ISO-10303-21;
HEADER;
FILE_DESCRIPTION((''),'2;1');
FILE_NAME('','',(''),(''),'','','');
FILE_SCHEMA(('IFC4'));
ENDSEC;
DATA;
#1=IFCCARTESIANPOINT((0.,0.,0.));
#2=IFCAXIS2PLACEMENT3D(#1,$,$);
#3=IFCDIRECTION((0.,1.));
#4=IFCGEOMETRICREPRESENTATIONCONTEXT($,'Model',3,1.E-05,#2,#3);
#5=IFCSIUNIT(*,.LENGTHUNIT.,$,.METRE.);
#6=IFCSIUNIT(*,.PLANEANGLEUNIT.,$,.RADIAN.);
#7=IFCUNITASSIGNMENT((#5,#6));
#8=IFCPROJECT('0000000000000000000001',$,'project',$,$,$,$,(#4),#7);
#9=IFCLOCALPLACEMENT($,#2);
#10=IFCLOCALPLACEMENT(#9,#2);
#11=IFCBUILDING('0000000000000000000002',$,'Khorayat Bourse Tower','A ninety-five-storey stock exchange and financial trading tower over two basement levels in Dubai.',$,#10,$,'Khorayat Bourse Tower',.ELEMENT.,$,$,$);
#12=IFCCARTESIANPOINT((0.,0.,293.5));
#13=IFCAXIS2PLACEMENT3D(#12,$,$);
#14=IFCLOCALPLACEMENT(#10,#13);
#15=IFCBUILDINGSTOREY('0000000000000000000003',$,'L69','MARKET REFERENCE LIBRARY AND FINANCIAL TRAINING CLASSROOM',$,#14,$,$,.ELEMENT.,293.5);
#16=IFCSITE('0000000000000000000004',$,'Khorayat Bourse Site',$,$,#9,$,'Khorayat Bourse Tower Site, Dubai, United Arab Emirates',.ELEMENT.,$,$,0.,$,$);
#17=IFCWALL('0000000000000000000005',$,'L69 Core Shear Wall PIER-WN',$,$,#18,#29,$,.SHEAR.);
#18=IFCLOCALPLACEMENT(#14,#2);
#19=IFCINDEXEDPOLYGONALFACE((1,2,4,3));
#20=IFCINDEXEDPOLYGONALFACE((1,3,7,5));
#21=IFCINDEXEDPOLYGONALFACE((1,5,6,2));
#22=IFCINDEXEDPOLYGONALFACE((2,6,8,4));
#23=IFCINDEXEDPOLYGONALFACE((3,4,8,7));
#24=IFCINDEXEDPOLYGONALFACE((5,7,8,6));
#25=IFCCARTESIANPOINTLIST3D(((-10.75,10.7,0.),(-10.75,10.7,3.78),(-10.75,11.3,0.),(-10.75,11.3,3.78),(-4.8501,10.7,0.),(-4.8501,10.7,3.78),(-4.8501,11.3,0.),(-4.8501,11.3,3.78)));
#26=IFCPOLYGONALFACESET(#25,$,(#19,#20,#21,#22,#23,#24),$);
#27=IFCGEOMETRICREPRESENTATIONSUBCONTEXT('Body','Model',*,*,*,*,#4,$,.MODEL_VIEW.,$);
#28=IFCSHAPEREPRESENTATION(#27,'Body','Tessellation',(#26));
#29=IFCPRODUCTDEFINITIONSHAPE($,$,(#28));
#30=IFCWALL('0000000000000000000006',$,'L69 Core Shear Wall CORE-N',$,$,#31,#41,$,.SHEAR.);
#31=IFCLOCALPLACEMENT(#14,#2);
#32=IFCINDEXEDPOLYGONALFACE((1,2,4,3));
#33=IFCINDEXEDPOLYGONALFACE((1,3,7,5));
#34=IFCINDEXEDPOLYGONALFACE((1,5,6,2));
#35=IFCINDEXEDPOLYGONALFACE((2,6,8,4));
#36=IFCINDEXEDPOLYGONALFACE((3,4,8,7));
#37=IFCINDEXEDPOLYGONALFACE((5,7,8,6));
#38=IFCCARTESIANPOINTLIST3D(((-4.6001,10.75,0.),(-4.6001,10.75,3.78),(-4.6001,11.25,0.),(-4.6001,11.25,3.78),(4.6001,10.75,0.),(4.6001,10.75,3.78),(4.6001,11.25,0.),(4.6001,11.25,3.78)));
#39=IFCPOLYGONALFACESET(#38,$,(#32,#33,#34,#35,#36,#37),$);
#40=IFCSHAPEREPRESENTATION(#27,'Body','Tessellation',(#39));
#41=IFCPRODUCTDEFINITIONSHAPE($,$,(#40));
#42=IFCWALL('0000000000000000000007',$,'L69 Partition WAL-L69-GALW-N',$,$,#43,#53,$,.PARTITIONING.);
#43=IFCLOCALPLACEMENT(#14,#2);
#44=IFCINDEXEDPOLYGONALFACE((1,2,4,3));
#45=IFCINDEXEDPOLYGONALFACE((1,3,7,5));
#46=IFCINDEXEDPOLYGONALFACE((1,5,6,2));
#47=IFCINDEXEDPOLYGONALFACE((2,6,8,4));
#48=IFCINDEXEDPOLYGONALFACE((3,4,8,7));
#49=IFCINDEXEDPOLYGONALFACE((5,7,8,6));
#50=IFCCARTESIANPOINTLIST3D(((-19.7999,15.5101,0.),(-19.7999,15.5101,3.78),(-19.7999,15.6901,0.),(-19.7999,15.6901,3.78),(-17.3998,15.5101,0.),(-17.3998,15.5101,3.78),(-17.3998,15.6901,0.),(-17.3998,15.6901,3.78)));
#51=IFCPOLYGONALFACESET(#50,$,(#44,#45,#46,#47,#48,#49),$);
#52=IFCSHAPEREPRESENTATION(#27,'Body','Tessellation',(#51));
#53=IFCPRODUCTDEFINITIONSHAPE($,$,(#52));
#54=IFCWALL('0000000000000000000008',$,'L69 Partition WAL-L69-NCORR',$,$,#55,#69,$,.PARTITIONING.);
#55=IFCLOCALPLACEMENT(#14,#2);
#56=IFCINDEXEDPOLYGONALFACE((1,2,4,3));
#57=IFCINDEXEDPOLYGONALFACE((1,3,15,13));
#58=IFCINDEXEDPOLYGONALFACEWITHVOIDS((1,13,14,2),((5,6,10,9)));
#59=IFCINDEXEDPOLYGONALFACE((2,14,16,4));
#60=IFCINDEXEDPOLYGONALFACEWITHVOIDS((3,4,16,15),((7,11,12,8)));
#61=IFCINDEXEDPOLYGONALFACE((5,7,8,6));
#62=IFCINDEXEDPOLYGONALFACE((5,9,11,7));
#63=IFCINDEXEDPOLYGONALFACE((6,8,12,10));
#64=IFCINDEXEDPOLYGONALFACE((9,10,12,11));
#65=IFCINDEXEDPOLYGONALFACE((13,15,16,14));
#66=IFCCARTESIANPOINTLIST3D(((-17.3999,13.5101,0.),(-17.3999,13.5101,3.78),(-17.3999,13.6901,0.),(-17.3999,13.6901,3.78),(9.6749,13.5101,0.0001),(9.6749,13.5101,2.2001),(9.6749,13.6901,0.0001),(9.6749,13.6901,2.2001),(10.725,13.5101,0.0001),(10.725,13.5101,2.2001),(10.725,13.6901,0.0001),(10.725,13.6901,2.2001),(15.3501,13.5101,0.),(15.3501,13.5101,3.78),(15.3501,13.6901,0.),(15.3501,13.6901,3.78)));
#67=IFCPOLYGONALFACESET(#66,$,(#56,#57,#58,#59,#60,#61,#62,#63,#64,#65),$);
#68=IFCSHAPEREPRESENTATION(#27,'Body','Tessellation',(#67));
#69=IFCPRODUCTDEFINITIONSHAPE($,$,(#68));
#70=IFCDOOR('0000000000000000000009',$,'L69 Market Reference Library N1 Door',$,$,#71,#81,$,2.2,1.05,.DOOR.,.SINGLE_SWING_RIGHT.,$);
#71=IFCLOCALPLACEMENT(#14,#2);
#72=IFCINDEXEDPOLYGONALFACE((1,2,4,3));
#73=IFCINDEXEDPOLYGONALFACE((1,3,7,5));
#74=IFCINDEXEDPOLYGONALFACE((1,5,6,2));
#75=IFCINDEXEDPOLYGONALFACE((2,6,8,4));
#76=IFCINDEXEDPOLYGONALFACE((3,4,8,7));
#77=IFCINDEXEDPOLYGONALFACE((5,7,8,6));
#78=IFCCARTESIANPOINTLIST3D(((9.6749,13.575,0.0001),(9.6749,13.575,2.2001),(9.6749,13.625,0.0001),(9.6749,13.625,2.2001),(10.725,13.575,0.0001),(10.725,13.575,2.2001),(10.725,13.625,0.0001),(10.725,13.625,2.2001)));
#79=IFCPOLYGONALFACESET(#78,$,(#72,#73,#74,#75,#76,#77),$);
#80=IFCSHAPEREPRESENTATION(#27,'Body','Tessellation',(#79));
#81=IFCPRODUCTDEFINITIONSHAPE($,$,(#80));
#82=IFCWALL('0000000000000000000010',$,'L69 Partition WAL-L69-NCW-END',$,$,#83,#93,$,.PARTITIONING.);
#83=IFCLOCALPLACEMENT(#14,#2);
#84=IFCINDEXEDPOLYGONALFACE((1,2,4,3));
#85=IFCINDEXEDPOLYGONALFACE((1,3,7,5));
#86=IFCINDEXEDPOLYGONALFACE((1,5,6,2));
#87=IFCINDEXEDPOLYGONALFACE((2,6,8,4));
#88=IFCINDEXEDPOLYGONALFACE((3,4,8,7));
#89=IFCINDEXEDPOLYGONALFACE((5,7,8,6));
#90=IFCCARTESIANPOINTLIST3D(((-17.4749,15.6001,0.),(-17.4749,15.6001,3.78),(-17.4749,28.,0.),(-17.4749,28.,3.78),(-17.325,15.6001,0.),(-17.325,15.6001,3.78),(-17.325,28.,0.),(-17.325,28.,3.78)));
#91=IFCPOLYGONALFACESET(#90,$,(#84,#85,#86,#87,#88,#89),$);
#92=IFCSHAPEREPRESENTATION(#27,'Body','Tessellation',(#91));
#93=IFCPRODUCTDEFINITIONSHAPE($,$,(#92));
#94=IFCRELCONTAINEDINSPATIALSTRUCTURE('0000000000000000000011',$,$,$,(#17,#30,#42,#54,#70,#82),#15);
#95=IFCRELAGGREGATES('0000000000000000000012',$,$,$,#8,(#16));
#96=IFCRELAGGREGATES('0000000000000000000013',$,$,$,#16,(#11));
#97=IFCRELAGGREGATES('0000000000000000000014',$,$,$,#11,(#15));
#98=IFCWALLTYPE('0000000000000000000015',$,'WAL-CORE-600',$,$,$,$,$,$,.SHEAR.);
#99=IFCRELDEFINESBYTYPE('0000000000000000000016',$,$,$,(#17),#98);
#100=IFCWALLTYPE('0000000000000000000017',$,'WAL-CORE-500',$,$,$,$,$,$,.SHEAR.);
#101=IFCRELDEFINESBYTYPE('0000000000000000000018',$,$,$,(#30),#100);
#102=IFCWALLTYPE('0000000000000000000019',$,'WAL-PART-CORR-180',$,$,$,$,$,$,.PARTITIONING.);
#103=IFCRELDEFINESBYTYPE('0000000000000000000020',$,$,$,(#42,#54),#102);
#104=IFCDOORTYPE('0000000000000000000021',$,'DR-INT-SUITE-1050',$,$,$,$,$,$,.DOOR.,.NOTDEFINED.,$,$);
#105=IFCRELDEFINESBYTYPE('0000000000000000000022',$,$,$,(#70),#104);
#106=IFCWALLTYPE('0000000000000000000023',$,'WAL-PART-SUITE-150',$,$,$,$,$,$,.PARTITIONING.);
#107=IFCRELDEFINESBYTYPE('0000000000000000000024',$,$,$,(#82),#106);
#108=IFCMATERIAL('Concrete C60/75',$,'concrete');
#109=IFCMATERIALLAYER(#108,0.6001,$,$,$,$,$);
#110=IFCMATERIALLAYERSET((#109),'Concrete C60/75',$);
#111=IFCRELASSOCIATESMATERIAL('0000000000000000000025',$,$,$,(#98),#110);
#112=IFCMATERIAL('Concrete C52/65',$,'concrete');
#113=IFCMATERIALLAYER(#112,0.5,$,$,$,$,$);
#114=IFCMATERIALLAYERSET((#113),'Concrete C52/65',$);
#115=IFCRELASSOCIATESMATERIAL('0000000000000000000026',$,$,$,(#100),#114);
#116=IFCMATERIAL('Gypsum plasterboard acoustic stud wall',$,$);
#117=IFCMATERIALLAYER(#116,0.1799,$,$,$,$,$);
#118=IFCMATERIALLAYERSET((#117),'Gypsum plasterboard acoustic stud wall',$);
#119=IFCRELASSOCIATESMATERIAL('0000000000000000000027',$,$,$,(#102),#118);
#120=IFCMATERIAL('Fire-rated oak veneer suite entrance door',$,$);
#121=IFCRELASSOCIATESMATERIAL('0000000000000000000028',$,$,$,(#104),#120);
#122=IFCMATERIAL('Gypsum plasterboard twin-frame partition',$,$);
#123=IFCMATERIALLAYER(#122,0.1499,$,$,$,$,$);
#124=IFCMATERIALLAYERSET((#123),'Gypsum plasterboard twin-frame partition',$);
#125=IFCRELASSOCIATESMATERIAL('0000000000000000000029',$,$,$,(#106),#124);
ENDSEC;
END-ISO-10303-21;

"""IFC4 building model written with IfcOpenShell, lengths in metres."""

from ifc_helpers import new_model, si_unit, direction, frame, frame_2d, origin, place, context, subcontext, project, spatial, rectangle, extrude, source, transform, mapped, material, layer, layer_set, type_object, element, fill, save


model = new_model("IFC4")

# Units and contexts
model_context = context("Model", 3, precision=1e-05, world=origin(), true_north=direction((0.0, 1.0)))
body_context = subcontext(model_context, "Body", "Model", "MODEL_VIEW")
ifc_project = project(units=[si_unit("LENGTHUNIT", "METRE"), si_unit("PLANEANGLEUNIT", "RADIAN")], contexts=[model_context])

# Site, building, storey
site_placement = place(None, origin())
site = spatial("IfcSite", under=ifc_project, at=site_placement, Name="Khorayat Bourse Site", LongName="Khorayat Bourse Tower Site, Dubai, United Arab Emirates", CompositionType="ELEMENT", RefElevation=0.0)
building_placement = place(site_placement, origin())
building = spatial("IfcBuilding", under=site, at=building_placement, Name="Khorayat Bourse Tower", Description="A ninety-five-storey stock exchange and financial trading tower over two basement levels in Dubai.", LongName="Khorayat Bourse Tower", CompositionType="ELEMENT")
storey_placement = place(building_placement, frame((0.0, 0.0, 293.5)))
storey = spatial("IfcBuildingStorey", under=building, at=storey_placement, Name="L69", Description="MARKET REFERENCE LIBRARY AND FINANCIAL TRAINING CLASSROOM", CompositionType="ELEMENT", Elevation=293.5)

# Shared definitions
ifc_material_1 = material(Name="Concrete C52/65", Category="concrete")

# Shared definitions
ifc_material_2 = material(Name="Concrete C60/75", Category="concrete")

# Walls
ifc_layer_1 = layer(ifc_material_2, 0.6001)
ifc_layer_set_1 = layer_set([ifc_layer_1], Name="Concrete C60/75")
wall_type_1 = type_object("IfcWallType", Name="WAL-CORE-600", PredefinedType="SHEAR", material=ifc_layer_set_1)
shared_shape_1 = source(origin(), body_context, "Body", "SweptSolid", [
    extrude(rectangle(XDim=5.8999, YDim=0.6001, at=frame_2d((2.95, 0.0))), origin(), (0.0, 0.0, 1.0), 3.78),
])
wall_1_placement = place(storey_placement, frame((-10.75, 11.0, 0.0), z_axis=(0.0, 0.0, 1.0), x_axis=(1.0, 0.0, 0.0)))
element("IfcWall", 1, at=wall_1_placement, inside=storey, type_object=wall_type_1, Name="L69 Core Shear Wall PIER-WN", PredefinedType="SHEAR", context=body_context, shape_type="MappedRepresentation", body=[
    mapped(shared_shape_1, transform((0.0, 0.0, 0.0), scale=1.0)),
])
ifc_layer_2 = layer(ifc_material_1, 0.5)
ifc_layer_set_2 = layer_set([ifc_layer_2], Name="Concrete C52/65")
wall_type_2 = type_object("IfcWallType", Name="WAL-CORE-500", PredefinedType="SHEAR", material=ifc_layer_set_2)
shared_shape_2 = source(origin(), body_context, "Body", "SweptSolid", [
    extrude(rectangle(XDim=9.2002, YDim=0.5, at=frame_2d((4.6001, 0.0))), origin(), (0.0, 0.0, 1.0), 3.78),
])
wall_2_placement = place(storey_placement, frame((-4.6001, 11.0, 0.0), z_axis=(0.0, 0.0, 1.0), x_axis=(1.0, 0.0, 0.0)))
element("IfcWall", 2, at=wall_2_placement, inside=storey, type_object=wall_type_2, Name="L69 Core Shear Wall CORE-N", PredefinedType="SHEAR", context=body_context, shape_type="MappedRepresentation", body=[
    mapped(shared_shape_2, transform((0.0, 0.0, 0.0), scale=1.0)),
])
ifc_material_3 = material(Name="Gypsum plasterboard acoustic stud wall")
ifc_layer_3 = layer(ifc_material_3, 0.1799)
ifc_layer_set_3 = layer_set([ifc_layer_3], Name="Gypsum plasterboard acoustic stud wall")
wall_type_3 = type_object("IfcWallType", Name="WAL-PART-CORR-180", PredefinedType="PARTITIONING", material=ifc_layer_set_3)
shared_shape_3 = source(origin(), body_context, "Body", "SweptSolid", [
    extrude(rectangle(XDim=2.4001, YDim=0.1799, at=frame_2d((1.2002, 0.0))), origin(), (0.0, 0.0, 1.0), 3.78),
])
wall_3_placement = place(storey_placement, frame((-19.8, 15.6001, 0.0), z_axis=(0.0, 0.0, 1.0), x_axis=(1.0, 0.0, 0.0)))
element("IfcWall", 3, at=wall_3_placement, inside=storey, type_object=wall_type_3, Name="L69 Partition WAL-L69-GALW-N", PredefinedType="PARTITIONING", context=body_context, shape_type="MappedRepresentation", body=[
    mapped(shared_shape_3, transform((0.0, 0.0, 0.0), scale=1.0)),
])

# Wall, opening, door
shared_shape_4 = source(origin(), body_context, "Body", "SweptSolid", [
    extrude(rectangle(XDim=32.75, YDim=0.1799, at=frame_2d((16.375, 0.0))), origin(), (0.0, 0.0, 1.0), 3.78),
])
wall_4_placement = place(storey_placement, frame((-17.3999, 13.6001, 0.0), z_axis=(0.0, 0.0, 1.0), x_axis=(1.0, 0.0, 0.0)))
wall_4 = element("IfcWall", 4, at=wall_4_placement, inside=storey, type_object=wall_type_3, Name="L69 Partition WAL-L69-NCORR", PredefinedType="PARTITIONING", context=body_context, shape_type="MappedRepresentation", body=[
    mapped(shared_shape_4, transform((0.0, 0.0, 0.0), scale=1.0)),
])
shared_shape_5 = source(origin(), body_context, "Body", "SweptSolid", [
    extrude(rectangle(XDim=1.05, YDim=2.2, at=frame_2d((0.5249, 1.1001))), frame((0.0, 0.0999, 0.0), z_axis=(0.0, -1.0, 0.0), x_axis=(1.0, 0.0, 0.0)), (0.0, 0.0, 1.0), 0.2),
])
opening_placement = place(wall_4_placement, frame((27.075, 0.0, 0.0)))
opening = element("IfcOpeningElement", 5, at=opening_placement, cuts=wall_4, PredefinedType="OPENING", context=body_context, shape_type="MappedRepresentation", body=[
    mapped(shared_shape_5, transform((0.0, 0.0, 0.0), scale=1.0)),
])
ifc_material_4 = material(Name="Fire-rated oak veneer suite entrance door")
door_type = type_object("IfcDoorType", Name="DR-INT-SUITE-1050", OperationType="NOTDEFINED", PredefinedType="DOOR", material=ifc_material_4)
shared_shape_6 = source(origin(), body_context, "Body", "SweptSolid", [
    extrude(rectangle(XDim=1.05, YDim=2.2, at=frame_2d((0.5249, 1.1001))), frame((0.0, 0.0249, 0.0), z_axis=(0.0, -1.0, 0.0), x_axis=(1.0, 0.0, 0.0)), (0.0, 0.0, 1.0), 0.05),
])
door_placement = place(opening_placement, origin())
door = element("IfcDoor", 6, at=door_placement, inside=storey, type_object=door_type, Name="L69 Market Reference Library N1 Door", OperationType="SINGLE_SWING_RIGHT", OverallHeight=2.2, OverallWidth=1.05, PredefinedType="DOOR", context=body_context, shape_type="MappedRepresentation", body=[
    mapped(shared_shape_6, transform((0.0, 0.0, 0.0), scale=1.0)),
])
fill(opening, door)

# Wall
ifc_material_5 = material(Name="Gypsum plasterboard twin-frame partition")
ifc_layer_4 = layer(ifc_material_5, 0.1499)
ifc_layer_set_4 = layer_set([ifc_layer_4], Name="Gypsum plasterboard twin-frame partition")
wall_type_4 = type_object("IfcWallType", Name="WAL-PART-SUITE-150", PredefinedType="PARTITIONING", material=ifc_layer_set_4)
shared_shape_7 = source(origin(), body_context, "Body", "SweptSolid", [
    extrude(rectangle(XDim=12.3999, YDim=0.1499, at=frame_2d((6.2, 0.0))), origin(), (0.0, 0.0, 1.0), 3.78),
])
wall_5_placement = place(storey_placement, frame((-17.3999, 15.6001, 0.0), z_axis=(0.0, 0.0, 1.0), x_axis=(0.0, 1.0, 0.0)))
element("IfcWall", 7, at=wall_5_placement, inside=storey, type_object=wall_type_4, Name="L69 Partition WAL-L69-NCW-END", PredefinedType="PARTITIONING", context=body_context, shape_type="MappedRepresentation", body=[
    mapped(shared_shape_7, transform((0.0, 0.0, 0.0), scale=1.0)),
])

save(model, "model.ifc")
